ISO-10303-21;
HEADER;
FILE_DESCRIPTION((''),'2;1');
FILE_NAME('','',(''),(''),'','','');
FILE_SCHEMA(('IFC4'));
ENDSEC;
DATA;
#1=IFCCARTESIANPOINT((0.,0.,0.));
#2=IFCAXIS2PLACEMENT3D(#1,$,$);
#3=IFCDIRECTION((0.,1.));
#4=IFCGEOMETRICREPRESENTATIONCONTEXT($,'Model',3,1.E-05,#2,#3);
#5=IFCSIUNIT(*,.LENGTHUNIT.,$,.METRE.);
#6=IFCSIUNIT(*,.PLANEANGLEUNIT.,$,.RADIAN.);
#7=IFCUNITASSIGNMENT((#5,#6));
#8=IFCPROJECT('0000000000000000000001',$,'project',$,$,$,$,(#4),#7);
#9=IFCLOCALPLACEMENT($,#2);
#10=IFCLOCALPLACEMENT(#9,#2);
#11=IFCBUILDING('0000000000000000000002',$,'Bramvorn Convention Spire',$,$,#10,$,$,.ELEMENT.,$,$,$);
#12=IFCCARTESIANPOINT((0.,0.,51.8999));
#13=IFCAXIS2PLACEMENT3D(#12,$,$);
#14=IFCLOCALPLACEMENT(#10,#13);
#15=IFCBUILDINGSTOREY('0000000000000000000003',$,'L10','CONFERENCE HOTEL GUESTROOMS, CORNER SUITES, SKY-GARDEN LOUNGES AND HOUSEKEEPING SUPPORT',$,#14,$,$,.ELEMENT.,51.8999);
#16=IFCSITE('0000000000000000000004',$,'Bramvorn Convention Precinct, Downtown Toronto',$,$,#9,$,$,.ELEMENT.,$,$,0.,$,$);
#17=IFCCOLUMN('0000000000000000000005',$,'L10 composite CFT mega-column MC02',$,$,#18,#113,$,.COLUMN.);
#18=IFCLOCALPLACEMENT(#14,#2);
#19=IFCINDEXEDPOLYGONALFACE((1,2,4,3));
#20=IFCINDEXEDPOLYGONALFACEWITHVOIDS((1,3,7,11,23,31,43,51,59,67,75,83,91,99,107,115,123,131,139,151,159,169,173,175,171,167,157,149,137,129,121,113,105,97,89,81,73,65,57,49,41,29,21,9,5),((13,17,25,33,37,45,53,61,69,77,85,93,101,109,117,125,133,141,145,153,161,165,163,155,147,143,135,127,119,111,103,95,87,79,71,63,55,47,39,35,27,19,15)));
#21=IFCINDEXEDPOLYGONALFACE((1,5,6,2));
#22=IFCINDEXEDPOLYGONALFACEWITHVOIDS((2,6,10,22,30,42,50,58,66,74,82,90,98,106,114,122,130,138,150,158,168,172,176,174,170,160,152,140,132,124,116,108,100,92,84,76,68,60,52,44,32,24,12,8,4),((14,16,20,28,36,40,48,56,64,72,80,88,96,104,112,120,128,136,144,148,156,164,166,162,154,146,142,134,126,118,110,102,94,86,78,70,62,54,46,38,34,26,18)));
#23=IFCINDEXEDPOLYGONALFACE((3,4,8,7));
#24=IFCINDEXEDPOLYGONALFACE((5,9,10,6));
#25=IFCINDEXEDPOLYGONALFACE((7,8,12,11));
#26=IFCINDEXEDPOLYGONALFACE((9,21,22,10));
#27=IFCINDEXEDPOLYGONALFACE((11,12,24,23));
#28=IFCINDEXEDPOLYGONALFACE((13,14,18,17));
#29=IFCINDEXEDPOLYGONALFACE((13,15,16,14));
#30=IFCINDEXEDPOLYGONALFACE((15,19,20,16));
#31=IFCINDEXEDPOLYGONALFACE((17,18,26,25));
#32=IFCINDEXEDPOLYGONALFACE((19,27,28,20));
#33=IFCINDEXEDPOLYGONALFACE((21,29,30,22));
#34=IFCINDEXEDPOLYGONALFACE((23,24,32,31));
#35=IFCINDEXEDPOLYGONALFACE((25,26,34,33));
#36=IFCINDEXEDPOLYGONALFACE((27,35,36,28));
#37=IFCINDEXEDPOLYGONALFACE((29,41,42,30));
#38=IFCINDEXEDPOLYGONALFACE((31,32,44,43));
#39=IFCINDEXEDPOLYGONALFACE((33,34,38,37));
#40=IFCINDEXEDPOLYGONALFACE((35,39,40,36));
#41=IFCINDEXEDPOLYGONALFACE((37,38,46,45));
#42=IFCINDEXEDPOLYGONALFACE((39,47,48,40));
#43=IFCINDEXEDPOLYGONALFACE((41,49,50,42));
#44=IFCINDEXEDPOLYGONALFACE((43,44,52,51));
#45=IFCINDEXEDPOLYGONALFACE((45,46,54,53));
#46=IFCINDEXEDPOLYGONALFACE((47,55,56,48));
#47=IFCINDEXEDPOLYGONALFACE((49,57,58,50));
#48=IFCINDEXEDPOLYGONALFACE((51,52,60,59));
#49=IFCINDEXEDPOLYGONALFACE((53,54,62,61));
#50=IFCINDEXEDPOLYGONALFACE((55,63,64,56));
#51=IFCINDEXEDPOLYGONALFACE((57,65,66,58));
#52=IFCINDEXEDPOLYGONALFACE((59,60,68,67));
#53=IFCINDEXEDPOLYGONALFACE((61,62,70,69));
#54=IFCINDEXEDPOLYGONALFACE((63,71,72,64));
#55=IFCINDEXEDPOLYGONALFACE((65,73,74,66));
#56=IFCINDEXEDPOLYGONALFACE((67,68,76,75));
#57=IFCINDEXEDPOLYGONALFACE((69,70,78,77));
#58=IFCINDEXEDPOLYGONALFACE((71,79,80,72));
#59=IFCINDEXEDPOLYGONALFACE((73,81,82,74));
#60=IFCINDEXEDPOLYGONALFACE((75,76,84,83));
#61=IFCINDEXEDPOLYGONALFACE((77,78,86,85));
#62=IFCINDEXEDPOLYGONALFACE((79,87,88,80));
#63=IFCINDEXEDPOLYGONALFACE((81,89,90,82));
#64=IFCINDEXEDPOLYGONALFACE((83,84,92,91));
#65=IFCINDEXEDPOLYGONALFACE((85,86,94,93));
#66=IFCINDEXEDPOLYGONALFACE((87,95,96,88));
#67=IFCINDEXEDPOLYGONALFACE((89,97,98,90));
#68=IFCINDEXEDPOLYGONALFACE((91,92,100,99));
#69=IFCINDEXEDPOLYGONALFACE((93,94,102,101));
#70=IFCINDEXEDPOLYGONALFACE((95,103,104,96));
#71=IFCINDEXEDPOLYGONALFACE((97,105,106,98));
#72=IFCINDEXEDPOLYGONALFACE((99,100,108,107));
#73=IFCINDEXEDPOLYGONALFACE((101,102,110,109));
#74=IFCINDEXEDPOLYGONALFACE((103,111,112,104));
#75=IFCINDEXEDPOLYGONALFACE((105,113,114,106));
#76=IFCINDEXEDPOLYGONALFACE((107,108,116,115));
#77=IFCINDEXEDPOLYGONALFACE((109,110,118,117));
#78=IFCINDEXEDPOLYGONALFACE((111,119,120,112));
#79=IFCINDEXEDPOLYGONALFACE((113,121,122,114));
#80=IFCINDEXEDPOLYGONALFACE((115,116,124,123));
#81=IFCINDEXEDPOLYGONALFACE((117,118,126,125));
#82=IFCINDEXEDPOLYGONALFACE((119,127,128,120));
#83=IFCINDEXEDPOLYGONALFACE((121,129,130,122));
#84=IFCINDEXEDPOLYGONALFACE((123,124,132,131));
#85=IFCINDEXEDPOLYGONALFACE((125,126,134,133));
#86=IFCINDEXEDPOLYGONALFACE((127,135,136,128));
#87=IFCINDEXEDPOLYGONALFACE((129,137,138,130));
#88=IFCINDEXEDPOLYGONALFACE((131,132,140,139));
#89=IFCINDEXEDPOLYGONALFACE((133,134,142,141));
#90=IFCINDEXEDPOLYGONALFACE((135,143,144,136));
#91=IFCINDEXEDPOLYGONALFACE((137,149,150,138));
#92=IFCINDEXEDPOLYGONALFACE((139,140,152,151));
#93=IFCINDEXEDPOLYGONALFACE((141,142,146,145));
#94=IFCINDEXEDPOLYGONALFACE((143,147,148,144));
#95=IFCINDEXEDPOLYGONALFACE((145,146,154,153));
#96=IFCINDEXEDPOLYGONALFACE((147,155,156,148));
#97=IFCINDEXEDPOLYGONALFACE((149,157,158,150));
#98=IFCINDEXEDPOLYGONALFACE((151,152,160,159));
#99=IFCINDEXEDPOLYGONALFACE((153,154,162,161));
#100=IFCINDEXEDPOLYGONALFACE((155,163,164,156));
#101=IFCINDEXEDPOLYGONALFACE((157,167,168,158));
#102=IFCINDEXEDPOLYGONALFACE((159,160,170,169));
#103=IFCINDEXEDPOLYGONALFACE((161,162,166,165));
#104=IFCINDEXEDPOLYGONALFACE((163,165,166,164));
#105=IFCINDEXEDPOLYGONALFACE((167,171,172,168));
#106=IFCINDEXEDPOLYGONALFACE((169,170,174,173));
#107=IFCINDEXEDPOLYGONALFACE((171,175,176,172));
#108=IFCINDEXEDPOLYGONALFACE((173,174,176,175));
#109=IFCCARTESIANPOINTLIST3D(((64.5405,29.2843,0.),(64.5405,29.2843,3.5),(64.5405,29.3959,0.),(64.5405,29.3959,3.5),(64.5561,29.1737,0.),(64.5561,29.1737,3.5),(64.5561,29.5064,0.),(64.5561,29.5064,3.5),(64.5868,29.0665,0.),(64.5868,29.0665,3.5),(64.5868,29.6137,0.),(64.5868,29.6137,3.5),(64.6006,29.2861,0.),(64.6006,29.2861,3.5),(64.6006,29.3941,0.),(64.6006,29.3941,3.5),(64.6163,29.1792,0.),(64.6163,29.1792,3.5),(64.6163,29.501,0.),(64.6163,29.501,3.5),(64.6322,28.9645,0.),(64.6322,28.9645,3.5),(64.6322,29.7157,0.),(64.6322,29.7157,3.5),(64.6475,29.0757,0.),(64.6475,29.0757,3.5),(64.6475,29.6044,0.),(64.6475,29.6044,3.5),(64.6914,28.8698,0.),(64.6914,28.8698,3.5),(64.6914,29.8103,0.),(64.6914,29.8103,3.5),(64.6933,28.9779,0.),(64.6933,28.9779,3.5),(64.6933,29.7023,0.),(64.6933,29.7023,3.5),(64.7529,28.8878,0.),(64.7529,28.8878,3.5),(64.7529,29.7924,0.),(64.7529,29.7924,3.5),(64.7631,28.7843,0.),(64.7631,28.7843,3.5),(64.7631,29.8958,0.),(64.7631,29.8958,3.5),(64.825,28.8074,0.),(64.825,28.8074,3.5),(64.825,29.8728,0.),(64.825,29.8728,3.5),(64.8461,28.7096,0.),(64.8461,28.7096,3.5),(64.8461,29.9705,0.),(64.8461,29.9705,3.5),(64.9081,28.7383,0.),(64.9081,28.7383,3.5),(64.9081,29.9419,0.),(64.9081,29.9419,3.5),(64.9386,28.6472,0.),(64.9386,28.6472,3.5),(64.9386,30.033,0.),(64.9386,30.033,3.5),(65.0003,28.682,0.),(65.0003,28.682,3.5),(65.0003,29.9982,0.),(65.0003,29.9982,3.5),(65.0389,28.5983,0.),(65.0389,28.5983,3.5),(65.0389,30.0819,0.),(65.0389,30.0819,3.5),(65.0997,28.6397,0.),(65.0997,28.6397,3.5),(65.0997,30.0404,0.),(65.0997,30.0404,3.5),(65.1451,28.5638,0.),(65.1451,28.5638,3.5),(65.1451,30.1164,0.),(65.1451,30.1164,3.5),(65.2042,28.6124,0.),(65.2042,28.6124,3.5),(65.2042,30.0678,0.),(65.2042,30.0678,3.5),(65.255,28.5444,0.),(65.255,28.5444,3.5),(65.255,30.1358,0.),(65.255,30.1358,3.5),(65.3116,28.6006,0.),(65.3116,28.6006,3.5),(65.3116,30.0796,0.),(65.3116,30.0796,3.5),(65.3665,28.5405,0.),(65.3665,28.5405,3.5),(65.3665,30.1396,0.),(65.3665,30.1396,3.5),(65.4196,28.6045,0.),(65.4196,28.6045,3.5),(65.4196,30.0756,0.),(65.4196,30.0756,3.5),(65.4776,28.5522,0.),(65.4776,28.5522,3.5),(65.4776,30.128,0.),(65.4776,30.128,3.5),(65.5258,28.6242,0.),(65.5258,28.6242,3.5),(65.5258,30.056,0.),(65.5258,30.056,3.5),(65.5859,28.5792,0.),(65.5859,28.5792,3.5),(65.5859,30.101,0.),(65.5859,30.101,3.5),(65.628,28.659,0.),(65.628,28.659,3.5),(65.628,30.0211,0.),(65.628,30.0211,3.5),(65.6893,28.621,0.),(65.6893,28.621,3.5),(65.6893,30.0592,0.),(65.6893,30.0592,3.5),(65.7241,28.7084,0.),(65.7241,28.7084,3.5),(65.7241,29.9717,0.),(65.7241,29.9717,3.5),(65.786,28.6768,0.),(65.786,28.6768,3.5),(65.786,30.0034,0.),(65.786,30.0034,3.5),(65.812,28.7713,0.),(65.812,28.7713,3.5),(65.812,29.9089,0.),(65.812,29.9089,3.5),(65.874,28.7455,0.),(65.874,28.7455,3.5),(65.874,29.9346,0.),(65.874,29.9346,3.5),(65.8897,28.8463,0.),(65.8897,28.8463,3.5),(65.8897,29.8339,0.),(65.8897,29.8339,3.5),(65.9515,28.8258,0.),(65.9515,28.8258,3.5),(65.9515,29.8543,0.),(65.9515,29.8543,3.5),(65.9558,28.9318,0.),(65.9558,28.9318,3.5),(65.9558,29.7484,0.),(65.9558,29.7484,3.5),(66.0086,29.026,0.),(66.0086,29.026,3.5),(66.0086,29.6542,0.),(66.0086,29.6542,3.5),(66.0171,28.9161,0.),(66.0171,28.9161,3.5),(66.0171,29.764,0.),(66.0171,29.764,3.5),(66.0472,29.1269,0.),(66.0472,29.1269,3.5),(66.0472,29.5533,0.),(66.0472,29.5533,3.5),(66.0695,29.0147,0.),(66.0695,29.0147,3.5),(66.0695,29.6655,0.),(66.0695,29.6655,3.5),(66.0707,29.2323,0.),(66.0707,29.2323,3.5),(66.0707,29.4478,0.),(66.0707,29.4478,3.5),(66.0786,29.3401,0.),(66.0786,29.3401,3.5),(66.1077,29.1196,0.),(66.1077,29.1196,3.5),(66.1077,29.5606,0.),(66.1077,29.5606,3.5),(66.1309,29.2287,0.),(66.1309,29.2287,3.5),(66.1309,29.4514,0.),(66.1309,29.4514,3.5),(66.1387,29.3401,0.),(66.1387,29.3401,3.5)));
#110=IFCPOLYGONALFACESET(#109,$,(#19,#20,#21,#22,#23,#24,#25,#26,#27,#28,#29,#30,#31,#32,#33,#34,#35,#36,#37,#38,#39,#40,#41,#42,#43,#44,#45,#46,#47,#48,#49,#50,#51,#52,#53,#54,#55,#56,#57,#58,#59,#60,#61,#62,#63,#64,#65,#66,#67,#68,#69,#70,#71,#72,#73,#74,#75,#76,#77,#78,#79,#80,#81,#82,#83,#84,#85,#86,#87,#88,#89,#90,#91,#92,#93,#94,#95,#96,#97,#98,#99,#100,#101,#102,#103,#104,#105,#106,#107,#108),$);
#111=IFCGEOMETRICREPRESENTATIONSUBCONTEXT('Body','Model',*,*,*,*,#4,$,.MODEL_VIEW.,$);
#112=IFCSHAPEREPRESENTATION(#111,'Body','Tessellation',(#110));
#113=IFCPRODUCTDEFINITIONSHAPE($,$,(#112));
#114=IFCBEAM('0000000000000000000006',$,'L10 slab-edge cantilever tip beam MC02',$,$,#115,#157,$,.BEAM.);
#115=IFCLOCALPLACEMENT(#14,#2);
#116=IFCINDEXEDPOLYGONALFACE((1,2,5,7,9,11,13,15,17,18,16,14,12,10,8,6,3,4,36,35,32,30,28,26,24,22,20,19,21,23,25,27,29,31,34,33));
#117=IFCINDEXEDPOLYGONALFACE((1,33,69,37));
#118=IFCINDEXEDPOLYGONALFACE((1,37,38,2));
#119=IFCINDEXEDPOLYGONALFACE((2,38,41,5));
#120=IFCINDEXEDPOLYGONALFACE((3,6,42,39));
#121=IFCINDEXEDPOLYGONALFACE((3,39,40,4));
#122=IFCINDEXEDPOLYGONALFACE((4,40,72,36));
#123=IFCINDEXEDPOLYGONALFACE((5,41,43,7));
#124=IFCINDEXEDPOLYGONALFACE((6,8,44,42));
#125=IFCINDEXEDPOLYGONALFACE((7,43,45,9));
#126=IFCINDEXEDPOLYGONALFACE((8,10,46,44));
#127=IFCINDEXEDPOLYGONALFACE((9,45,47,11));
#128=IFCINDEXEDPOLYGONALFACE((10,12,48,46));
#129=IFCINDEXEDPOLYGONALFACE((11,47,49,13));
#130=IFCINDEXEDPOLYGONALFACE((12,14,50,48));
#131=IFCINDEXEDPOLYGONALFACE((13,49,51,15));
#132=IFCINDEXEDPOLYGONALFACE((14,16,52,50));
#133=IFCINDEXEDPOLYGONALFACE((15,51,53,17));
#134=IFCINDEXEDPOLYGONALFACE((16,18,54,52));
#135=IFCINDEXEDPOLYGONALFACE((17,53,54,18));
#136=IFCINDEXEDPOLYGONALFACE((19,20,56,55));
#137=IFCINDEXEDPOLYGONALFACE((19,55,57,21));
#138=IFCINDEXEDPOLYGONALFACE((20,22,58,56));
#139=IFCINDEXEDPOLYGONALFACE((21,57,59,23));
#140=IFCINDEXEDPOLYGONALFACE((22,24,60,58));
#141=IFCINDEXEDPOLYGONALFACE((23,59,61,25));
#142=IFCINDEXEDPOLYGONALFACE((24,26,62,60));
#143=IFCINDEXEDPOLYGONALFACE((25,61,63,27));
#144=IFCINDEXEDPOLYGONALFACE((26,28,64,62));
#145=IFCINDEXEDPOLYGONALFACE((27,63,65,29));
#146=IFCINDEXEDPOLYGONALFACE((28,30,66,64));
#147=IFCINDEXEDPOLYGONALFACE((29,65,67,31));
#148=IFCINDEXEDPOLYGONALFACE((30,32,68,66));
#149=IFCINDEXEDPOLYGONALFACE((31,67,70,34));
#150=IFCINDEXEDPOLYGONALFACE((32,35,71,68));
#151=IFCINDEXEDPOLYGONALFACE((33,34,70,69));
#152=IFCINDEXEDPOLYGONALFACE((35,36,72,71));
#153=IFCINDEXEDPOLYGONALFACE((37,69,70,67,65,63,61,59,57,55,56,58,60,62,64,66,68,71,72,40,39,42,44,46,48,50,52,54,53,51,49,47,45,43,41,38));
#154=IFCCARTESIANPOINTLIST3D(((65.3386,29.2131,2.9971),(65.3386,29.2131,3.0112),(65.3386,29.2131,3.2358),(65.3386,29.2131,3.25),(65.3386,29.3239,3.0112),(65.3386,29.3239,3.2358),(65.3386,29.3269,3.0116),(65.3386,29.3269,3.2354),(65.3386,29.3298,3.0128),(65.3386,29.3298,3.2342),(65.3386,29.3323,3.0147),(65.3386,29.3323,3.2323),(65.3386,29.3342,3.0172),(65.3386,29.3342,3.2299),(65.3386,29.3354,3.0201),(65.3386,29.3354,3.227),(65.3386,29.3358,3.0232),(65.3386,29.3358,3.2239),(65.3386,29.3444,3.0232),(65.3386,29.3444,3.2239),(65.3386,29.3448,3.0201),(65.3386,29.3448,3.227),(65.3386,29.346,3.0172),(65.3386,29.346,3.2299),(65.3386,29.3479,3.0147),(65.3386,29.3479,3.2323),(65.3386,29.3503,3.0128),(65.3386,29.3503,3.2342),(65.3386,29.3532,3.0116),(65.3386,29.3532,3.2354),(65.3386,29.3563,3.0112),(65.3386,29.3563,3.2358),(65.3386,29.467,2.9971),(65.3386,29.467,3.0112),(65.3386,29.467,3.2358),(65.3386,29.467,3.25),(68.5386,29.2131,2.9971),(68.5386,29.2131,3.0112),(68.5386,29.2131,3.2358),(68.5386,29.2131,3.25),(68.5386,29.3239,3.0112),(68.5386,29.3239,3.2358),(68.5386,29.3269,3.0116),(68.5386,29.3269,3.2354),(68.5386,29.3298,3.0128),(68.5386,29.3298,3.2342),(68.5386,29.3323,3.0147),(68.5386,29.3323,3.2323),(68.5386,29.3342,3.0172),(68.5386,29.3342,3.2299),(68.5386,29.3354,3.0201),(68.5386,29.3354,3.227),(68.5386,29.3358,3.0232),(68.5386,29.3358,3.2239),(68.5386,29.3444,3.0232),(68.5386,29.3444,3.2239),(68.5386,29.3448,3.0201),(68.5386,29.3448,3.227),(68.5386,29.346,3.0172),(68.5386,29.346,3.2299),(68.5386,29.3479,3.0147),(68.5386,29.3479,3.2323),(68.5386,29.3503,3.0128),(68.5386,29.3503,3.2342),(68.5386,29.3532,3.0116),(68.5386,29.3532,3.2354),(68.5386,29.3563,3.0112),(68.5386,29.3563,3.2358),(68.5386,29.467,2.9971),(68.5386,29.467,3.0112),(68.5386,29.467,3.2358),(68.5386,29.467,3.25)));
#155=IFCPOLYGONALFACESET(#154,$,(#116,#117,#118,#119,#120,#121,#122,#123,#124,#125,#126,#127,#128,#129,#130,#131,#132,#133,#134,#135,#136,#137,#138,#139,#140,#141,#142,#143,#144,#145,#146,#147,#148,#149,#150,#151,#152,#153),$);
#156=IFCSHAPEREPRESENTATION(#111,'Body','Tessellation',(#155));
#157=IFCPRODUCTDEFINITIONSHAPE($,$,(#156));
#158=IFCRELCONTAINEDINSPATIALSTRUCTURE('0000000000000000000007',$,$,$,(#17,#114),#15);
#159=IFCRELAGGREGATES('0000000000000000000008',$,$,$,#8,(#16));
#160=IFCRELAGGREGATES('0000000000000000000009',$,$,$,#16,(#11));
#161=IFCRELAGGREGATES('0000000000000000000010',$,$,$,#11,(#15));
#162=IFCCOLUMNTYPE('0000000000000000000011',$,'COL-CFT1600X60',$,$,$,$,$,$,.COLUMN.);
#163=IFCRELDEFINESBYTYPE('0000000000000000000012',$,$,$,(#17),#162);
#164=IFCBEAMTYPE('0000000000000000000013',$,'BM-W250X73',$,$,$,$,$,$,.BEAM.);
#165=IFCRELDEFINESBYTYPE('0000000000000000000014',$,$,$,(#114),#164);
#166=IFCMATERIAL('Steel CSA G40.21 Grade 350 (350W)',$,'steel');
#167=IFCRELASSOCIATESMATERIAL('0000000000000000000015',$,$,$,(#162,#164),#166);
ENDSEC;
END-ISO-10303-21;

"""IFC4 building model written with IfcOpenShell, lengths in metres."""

from ifc_helpers import new_model, si_unit, direction, frame, origin, origin_2d, place, context, subcontext, project, spatial, hollow_circle, i_section, extrude, material, material_profile, profile_set, type_object, element, save


model = new_model("IFC4")

# Units and contexts
model_context = context("Model", 3, precision=1e-05, world=origin(), true_north=direction((0.0, 1.0)))
body_context = subcontext(model_context, "Body", "Model", "MODEL_VIEW")
ifc_project = project(units=[si_unit("LENGTHUNIT", "METRE"), si_unit("PLANEANGLEUNIT", "RADIAN")], contexts=[model_context])

# Site, building, storey
site_placement = place(None, origin())
site = spatial("IfcSite", under=ifc_project, at=site_placement, Name="Bramvorn Convention Precinct, Downtown Toronto", CompositionType="ELEMENT", RefElevation=0.0)
building_placement = place(site_placement, origin())
building = spatial("IfcBuilding", under=site, at=building_placement, Name="Bramvorn Convention Spire", CompositionType="ELEMENT")
storey_placement = place(building_placement, frame((0.0, 0.0, 51.8999)))
storey = spatial("IfcBuildingStorey", under=building, at=storey_placement, Name="L10", Description="CONFERENCE HOTEL GUESTROOMS, CORNER SUITES, SKY-GARDEN LOUNGES AND HOUSEKEEPING SUPPORT", CompositionType="ELEMENT", Elevation=51.8999)

# Column
ifc_material_1 = material(Name="Steel CSA G40.21 Grade 350 (350W)", Category="steel")
ifc_material_profile_1 = material_profile(ifc_material_1, hollow_circle(Radius=0.8, WallThickness=0.0601, at=origin_2d()))
ifc_profile_set_1 = profile_set([ifc_material_profile_1], Name="Steel CSA G40.21 Grade 350 (350W) - CFT1600X60")
column_type = type_object("IfcColumnType", Name="COL-CFT1600X60", PredefinedType="COLUMN", material=ifc_profile_set_1)
column_placement = place(storey_placement, frame((65.3386, 29.3401, 0.0), z_axis=(0.0, 0.0, 1.0), x_axis=(1.0, 0.0, 0.0)))
element("IfcColumn", 1, at=column_placement, inside=storey, type_object=column_type, Name="L10 composite CFT mega-column MC02", PredefinedType="COLUMN", context=body_context, shape_type="SweptSolid", body=[
    extrude(hollow_circle(Radius=0.8, WallThickness=0.0601, at=origin_2d()), origin(), (0.0, 0.0, 1.0), 3.5),
])

# Beam
ifc_material_profile_2 = material_profile(ifc_material_1, i_section(OverallWidth=0.2539, OverallDepth=0.2529, WebThickness=0.0085, FlangeThickness=0.0142, FilletRadius=0.012, at=origin_2d()))
ifc_profile_set_2 = profile_set([ifc_material_profile_2], Name="Steel CSA G40.21 Grade 350 (350W) - W250X73")
beam_type_1 = type_object("IfcBeamType", Name="BM-W250X73", PredefinedType="BEAM", material=ifc_profile_set_2)
beam_1_placement = place(storey_placement, frame((65.3386, 29.3401, 3.1235), z_axis=(1.0, 0.0, 0.0), x_axis=(0.0, 1.0, 0.0)))
element("IfcBeam", 2, at=beam_1_placement, inside=storey, type_object=beam_type_1, Name="L10 slab-edge cantilever tip beam MC02", PredefinedType="BEAM", context=body_context, shape_type="SweptSolid", body=[
    extrude(i_section(OverallWidth=0.2539, OverallDepth=0.2529, WebThickness=0.0085, FlangeThickness=0.0142, FilletRadius=0.012, at=origin_2d()), origin(), (0.0, 0.0, 1.0), 3.2),
])

save(model, "model.ifc")
